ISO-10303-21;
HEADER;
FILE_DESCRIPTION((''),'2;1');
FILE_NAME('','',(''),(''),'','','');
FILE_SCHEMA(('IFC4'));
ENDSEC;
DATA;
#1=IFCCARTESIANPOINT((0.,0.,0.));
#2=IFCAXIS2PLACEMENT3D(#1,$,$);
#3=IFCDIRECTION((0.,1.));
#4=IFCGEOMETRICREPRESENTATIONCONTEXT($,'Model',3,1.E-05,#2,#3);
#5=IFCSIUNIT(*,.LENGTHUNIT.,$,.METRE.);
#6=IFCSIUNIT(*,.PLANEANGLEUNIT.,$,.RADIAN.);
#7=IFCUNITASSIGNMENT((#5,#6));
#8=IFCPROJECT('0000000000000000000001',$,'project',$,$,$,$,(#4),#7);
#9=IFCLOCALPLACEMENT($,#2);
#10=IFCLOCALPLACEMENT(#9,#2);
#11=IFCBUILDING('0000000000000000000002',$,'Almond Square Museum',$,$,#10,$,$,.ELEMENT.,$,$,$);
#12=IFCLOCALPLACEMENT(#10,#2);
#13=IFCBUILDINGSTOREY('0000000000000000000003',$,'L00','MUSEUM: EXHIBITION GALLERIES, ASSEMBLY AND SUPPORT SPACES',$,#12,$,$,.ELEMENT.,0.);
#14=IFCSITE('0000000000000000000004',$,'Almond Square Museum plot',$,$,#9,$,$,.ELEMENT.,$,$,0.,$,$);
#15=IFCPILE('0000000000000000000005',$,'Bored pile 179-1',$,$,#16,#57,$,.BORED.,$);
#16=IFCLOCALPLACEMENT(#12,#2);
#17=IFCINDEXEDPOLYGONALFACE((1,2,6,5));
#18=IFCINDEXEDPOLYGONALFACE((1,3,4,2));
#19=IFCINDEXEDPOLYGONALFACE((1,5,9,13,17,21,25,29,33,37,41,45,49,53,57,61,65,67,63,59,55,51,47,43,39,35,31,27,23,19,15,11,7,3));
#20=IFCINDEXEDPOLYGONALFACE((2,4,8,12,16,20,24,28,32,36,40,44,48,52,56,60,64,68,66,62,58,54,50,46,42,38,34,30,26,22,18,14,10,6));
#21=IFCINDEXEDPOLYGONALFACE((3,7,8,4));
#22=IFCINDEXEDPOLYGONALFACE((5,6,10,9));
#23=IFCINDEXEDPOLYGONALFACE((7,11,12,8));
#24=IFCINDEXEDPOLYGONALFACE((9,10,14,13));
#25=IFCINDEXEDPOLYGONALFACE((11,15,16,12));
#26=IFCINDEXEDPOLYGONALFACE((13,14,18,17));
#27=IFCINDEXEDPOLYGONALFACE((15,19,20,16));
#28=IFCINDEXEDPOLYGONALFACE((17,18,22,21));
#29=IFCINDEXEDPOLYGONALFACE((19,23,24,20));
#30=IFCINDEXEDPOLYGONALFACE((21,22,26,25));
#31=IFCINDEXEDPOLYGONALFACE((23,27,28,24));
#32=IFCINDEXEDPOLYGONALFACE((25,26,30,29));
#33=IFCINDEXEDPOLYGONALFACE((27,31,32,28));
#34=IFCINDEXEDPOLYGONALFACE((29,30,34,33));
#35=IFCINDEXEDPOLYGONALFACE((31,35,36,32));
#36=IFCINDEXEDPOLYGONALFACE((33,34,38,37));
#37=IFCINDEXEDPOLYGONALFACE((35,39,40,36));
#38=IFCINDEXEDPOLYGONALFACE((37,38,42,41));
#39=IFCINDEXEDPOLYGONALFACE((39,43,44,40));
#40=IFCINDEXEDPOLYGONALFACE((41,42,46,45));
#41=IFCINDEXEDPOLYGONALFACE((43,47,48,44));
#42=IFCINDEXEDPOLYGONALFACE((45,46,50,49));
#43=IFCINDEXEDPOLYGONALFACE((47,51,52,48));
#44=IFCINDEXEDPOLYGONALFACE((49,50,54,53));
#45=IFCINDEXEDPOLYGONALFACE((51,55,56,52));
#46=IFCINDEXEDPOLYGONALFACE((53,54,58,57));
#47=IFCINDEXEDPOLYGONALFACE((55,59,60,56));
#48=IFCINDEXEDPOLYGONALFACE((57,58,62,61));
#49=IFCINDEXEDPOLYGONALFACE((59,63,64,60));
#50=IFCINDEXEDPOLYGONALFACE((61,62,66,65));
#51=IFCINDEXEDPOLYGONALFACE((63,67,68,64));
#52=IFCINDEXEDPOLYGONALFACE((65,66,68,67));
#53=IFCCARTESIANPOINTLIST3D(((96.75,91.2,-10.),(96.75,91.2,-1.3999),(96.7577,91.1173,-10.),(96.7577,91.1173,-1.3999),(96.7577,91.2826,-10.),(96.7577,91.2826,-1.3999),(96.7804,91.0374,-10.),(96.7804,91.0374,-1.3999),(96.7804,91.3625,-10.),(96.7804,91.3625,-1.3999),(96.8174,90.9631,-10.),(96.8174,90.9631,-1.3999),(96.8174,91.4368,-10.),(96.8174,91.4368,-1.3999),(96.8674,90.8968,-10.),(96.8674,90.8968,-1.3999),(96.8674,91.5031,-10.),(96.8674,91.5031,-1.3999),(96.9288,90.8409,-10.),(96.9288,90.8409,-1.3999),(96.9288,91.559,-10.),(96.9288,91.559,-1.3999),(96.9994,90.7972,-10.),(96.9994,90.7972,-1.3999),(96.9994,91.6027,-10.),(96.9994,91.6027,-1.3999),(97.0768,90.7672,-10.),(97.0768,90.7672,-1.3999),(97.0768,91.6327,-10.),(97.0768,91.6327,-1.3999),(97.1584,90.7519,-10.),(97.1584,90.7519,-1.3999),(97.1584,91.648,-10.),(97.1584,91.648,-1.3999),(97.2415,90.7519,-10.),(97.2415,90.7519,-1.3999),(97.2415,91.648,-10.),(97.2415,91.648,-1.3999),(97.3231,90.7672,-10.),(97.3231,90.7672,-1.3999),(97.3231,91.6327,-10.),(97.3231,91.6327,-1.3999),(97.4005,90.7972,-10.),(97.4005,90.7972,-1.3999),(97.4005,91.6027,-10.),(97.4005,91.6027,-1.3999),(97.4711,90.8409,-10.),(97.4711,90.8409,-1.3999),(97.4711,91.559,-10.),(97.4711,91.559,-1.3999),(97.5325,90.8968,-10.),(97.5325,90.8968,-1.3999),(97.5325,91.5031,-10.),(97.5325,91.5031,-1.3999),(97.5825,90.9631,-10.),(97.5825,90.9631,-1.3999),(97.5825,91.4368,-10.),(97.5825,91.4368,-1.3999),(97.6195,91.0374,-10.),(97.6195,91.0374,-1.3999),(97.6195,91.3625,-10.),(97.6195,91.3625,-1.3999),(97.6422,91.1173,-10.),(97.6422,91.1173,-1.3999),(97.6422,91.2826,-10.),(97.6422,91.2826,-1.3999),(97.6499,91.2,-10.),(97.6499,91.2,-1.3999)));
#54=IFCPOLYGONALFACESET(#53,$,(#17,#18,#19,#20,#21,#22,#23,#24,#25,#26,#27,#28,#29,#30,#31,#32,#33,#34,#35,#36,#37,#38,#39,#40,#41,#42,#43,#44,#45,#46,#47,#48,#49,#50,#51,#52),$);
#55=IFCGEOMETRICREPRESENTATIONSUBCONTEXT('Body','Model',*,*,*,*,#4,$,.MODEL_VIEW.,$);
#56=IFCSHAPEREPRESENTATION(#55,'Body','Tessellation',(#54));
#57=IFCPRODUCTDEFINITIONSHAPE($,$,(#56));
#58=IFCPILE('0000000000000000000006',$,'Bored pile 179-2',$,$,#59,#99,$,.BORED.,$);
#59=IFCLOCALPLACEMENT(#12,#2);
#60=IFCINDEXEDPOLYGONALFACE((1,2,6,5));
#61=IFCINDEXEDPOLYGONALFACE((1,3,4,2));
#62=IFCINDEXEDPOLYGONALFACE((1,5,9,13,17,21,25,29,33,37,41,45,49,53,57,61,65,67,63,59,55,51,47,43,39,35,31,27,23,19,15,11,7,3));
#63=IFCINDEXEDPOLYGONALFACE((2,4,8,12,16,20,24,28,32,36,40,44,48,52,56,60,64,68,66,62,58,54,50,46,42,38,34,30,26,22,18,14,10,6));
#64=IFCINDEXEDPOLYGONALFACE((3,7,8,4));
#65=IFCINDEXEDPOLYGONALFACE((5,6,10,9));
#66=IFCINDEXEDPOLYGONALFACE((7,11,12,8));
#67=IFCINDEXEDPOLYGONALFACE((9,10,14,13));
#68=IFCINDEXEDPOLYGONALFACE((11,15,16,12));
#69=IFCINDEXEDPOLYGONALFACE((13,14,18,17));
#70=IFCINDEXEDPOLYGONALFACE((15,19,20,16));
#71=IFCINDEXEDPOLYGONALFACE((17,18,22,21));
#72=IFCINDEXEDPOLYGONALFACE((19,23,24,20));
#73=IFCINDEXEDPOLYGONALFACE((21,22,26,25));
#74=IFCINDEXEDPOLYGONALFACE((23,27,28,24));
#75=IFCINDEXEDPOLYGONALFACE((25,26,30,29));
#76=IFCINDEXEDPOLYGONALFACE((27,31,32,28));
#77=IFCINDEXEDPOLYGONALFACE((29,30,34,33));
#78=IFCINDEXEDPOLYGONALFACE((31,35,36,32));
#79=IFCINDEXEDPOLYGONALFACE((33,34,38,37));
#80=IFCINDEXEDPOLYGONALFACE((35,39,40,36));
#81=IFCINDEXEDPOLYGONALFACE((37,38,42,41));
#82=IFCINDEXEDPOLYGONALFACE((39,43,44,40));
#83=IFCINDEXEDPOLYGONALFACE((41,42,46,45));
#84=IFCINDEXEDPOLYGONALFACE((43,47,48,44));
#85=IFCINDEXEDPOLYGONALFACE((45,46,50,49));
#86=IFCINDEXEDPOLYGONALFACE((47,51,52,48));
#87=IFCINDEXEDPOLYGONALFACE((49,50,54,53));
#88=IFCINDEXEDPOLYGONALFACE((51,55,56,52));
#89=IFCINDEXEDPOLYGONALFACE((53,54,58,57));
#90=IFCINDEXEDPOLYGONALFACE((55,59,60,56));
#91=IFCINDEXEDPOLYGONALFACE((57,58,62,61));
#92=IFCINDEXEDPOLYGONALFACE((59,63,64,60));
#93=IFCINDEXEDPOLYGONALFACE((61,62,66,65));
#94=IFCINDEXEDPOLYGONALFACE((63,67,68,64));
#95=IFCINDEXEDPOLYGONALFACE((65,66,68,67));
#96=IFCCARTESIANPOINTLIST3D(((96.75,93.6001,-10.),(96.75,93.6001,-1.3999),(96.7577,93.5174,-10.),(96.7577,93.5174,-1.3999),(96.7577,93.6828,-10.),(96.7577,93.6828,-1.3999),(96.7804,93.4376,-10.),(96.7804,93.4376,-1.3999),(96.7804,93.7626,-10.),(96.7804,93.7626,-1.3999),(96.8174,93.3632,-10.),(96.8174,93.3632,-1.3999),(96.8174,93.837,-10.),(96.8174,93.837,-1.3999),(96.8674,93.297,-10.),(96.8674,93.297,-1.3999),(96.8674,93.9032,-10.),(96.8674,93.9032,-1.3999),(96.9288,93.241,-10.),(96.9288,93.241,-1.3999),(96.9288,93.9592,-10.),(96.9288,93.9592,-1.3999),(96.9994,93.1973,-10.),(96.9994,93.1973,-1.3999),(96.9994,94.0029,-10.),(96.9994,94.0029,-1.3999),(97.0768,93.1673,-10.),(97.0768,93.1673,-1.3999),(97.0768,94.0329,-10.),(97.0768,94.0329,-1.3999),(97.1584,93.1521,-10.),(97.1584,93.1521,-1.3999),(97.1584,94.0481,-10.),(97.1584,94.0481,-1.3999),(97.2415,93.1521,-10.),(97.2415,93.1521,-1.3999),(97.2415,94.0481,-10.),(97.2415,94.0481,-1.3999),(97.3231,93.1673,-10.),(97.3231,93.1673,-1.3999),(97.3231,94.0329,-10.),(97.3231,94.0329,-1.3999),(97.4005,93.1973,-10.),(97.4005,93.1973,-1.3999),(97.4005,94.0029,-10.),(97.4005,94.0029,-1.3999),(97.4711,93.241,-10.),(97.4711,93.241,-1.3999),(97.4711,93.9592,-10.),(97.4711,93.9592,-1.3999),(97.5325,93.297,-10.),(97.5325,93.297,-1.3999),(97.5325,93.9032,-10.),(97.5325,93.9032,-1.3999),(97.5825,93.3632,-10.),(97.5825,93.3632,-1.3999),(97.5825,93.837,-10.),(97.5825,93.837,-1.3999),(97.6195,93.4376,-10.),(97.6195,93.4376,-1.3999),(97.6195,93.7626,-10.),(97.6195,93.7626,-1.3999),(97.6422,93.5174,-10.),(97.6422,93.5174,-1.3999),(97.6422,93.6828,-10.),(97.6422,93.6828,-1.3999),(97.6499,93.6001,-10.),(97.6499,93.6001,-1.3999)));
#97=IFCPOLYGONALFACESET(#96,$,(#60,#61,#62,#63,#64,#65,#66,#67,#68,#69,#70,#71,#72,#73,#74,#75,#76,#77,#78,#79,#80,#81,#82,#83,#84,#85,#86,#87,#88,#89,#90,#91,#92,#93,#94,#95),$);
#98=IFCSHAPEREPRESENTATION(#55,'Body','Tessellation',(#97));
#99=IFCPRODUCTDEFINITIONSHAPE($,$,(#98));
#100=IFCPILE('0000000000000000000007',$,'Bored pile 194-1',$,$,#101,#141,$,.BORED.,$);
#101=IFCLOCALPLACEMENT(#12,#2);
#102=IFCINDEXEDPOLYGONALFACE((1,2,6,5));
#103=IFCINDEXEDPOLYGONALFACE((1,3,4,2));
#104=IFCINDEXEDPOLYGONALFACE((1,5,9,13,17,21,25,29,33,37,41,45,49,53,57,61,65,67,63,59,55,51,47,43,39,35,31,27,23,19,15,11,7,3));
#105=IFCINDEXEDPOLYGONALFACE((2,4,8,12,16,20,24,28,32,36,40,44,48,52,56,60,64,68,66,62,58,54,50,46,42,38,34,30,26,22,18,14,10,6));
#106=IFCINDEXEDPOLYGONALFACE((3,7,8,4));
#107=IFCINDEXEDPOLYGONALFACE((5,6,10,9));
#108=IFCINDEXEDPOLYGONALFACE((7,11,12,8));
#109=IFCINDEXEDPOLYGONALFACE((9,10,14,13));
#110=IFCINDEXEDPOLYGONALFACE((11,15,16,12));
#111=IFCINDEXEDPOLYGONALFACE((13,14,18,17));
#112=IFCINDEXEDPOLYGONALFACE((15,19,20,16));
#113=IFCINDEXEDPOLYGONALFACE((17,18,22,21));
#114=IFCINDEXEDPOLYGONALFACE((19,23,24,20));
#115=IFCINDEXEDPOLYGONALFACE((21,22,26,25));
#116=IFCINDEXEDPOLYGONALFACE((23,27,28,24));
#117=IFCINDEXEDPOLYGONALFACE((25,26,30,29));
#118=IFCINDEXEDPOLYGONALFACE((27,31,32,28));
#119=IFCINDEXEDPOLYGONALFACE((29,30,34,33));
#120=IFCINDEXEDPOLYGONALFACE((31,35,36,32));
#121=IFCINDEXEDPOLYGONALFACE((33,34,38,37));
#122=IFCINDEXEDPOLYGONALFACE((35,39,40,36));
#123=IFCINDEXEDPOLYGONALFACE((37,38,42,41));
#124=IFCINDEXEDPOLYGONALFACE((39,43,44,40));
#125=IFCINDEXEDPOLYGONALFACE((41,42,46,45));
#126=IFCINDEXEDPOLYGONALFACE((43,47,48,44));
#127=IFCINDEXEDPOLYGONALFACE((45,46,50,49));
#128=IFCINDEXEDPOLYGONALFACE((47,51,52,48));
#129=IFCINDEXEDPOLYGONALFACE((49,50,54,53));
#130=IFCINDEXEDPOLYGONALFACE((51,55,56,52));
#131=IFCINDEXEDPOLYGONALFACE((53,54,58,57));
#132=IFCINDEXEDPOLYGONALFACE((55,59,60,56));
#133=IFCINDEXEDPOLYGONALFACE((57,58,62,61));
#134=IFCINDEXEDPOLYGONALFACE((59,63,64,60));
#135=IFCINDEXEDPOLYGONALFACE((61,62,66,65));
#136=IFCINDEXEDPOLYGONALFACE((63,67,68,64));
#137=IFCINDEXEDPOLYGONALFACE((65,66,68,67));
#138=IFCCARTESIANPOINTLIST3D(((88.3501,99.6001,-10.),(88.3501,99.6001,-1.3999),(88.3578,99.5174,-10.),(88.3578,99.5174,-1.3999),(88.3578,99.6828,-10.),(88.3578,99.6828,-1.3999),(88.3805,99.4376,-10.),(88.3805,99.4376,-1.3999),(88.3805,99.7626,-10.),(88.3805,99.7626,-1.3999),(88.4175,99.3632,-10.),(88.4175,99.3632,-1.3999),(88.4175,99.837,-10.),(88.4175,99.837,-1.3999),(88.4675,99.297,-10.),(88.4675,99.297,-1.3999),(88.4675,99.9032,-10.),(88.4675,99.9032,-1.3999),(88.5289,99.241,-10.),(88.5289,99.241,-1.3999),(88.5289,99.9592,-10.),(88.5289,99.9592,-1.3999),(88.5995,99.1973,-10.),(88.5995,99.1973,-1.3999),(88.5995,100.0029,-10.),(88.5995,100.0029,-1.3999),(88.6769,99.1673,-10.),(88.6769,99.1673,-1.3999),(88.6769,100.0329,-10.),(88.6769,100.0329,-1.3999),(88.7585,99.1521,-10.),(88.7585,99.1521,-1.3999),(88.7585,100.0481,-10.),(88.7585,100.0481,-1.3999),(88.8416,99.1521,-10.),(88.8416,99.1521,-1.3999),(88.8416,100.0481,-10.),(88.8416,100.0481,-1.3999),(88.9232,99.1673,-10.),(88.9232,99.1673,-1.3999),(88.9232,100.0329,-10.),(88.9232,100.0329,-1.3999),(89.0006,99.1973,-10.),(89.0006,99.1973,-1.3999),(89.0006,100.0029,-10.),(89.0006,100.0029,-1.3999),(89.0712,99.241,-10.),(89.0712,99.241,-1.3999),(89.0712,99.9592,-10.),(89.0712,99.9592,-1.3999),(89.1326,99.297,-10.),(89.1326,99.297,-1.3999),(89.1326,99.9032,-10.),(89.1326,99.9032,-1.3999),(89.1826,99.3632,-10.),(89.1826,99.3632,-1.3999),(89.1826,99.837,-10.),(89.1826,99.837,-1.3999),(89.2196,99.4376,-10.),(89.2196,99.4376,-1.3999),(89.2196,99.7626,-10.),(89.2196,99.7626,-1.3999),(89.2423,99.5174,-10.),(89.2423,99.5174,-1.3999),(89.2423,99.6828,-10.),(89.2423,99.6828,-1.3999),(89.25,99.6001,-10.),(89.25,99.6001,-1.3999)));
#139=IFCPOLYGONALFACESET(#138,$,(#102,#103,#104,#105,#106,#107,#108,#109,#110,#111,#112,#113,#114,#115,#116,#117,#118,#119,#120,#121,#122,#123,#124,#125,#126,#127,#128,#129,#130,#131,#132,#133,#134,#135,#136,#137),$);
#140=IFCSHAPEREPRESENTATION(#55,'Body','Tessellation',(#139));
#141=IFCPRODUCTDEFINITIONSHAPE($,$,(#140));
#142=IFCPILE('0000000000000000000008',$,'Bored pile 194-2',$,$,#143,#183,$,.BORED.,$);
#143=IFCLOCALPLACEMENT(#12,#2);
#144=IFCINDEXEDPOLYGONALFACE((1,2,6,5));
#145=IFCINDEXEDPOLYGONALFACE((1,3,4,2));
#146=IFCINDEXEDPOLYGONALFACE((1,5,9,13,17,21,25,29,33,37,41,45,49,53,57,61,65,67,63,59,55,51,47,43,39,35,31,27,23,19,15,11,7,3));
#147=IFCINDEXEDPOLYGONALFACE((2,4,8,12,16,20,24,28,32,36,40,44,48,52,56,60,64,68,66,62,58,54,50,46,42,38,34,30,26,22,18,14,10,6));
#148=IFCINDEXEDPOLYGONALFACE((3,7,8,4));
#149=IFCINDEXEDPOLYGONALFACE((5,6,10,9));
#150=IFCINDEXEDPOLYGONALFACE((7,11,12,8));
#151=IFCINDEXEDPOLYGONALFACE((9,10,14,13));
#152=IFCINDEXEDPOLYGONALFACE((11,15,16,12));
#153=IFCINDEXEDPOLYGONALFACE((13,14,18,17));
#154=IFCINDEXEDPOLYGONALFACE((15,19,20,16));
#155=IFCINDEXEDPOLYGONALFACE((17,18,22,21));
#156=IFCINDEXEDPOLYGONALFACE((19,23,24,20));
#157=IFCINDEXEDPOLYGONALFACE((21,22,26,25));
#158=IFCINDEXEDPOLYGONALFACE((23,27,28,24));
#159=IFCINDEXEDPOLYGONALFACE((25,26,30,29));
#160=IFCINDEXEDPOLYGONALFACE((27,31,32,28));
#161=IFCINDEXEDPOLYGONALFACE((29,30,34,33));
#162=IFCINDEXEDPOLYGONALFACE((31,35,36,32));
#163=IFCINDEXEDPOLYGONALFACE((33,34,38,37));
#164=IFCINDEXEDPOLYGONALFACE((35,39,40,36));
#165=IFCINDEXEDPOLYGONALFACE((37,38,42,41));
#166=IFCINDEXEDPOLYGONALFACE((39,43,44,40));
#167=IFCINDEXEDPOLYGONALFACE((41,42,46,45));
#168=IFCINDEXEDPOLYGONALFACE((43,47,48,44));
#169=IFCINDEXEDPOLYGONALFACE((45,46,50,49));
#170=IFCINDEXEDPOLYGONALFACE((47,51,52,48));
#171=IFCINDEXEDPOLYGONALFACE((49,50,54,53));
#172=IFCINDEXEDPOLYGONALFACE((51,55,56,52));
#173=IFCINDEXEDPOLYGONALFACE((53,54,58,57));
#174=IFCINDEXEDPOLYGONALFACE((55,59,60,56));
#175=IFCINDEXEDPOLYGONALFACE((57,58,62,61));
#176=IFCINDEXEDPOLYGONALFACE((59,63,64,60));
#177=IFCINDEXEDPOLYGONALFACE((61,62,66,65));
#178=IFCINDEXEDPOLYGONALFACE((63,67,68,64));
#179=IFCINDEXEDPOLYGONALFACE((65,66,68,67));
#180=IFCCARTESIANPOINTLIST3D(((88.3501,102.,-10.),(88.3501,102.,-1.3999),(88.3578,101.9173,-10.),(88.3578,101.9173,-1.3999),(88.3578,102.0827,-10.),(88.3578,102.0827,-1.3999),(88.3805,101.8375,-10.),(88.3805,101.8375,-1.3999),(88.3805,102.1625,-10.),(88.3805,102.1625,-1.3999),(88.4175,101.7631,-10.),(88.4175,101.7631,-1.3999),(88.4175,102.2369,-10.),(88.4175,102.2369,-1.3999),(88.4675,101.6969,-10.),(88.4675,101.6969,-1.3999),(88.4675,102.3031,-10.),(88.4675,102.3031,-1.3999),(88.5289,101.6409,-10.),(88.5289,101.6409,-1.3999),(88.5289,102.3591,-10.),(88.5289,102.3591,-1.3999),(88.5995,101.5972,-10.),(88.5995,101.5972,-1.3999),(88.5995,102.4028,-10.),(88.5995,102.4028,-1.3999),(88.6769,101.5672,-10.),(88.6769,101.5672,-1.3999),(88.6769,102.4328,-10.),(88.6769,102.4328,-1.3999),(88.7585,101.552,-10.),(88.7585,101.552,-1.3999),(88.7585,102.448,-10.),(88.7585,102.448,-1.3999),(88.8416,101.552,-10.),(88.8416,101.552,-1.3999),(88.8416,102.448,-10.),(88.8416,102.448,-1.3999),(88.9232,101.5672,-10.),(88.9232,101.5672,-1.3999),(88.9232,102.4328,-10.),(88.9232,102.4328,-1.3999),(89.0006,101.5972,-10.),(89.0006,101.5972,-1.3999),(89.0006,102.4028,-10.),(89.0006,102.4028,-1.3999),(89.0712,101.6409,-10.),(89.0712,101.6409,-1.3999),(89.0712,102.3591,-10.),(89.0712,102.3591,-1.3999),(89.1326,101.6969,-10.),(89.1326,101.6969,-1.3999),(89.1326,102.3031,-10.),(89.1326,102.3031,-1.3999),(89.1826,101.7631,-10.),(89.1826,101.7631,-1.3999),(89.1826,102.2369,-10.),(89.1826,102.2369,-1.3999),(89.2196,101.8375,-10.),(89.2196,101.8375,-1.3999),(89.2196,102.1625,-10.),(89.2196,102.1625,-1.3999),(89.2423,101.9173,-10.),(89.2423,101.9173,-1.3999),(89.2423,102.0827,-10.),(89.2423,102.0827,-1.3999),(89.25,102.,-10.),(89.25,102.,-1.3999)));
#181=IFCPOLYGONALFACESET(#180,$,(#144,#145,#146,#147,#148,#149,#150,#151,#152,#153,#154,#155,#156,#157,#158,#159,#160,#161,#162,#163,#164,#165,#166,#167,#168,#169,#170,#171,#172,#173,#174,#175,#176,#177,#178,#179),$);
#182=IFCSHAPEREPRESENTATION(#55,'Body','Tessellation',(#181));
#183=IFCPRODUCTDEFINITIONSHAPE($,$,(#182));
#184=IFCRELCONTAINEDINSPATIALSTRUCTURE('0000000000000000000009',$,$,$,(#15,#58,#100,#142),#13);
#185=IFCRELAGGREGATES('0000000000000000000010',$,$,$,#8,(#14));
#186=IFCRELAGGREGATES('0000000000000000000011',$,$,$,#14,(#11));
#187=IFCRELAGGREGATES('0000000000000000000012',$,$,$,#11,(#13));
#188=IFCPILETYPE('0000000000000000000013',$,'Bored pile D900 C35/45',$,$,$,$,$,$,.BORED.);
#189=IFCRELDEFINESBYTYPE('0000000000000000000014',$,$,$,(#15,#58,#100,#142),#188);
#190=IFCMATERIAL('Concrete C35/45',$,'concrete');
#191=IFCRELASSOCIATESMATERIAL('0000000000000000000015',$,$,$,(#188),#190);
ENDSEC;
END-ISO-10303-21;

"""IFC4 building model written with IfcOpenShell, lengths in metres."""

from ifc_helpers import new_model, si_unit, direction, frame, origin, origin_2d, place, context, subcontext, project, spatial, circle, extrude, material, material_profile, profile_set, type_object, element, save


model = new_model("IFC4")

# Units and contexts
model_context = context("Model", 3, precision=1e-05, world=origin(), true_north=direction((0.0, 1.0)))
body_context = subcontext(model_context, "Body", "Model", "MODEL_VIEW")
ifc_project = project(units=[si_unit("LENGTHUNIT", "METRE"), si_unit("PLANEANGLEUNIT", "RADIAN")], contexts=[model_context])

# Site, building, storey
site_placement = place(None, origin())
site = spatial("IfcSite", under=ifc_project, at=site_placement, Name="Almond Square Museum plot", CompositionType="ELEMENT", RefElevation=0.0)
building_placement = place(site_placement, origin())
building = spatial("IfcBuilding", under=site, at=building_placement, Name="Almond Square Museum", CompositionType="ELEMENT")
storey_placement = place(building_placement, origin())
storey = spatial("IfcBuildingStorey", under=building, at=storey_placement, Name="L00", Description="MUSEUM: EXHIBITION GALLERIES, ASSEMBLY AND SUPPORT SPACES", CompositionType="ELEMENT", Elevation=0.0)

# Piles
ifc_material_1 = material(Name="Concrete C35/45", Category="concrete")
ifc_material_profile_1 = material_profile(ifc_material_1, circle(Radius=0.45, at=origin_2d()))
ifc_profile_set_1 = profile_set([ifc_material_profile_1], Name="Concrete C35/45")
pile_type = type_object("IfcPileType", Name="Bored pile D900 C35/45", PredefinedType="BORED", material=ifc_profile_set_1)
for number, where, z_axis, x_axis, name in (
    (1, (97.2, 91.2, -1.3999), (0.0, 0.0, -1.0), (1.0, 0.0, 0.0), "Bored pile 179-1"),
    (2, (97.2, 93.6001, -1.3999), (0.0, 0.0, -1.0), (1.0, 0.0, 0.0), "Bored pile 179-2"),
    (3, (88.8, 99.6001, -1.3999), (0.0, 0.0, -1.0), (1.0, 0.0, 0.0), "Bored pile 194-1"),
    (4, (88.8, 102.0, -1.3999), (0.0, 0.0, -1.0), (1.0, 0.0, 0.0), "Bored pile 194-2"),
):
    element("IfcPile", number, at=place(storey_placement, frame(where, z_axis=z_axis, x_axis=x_axis)), inside=storey, type_object=pile_type, Name=name, PredefinedType="BORED", context=body_context, shape_type="SweptSolid", body=[
        extrude(circle(Radius=0.45, at=origin_2d()), origin(), (0.0, 0.0, 1.0), 8.6001),
    ])

save(model, "model.ifc")
